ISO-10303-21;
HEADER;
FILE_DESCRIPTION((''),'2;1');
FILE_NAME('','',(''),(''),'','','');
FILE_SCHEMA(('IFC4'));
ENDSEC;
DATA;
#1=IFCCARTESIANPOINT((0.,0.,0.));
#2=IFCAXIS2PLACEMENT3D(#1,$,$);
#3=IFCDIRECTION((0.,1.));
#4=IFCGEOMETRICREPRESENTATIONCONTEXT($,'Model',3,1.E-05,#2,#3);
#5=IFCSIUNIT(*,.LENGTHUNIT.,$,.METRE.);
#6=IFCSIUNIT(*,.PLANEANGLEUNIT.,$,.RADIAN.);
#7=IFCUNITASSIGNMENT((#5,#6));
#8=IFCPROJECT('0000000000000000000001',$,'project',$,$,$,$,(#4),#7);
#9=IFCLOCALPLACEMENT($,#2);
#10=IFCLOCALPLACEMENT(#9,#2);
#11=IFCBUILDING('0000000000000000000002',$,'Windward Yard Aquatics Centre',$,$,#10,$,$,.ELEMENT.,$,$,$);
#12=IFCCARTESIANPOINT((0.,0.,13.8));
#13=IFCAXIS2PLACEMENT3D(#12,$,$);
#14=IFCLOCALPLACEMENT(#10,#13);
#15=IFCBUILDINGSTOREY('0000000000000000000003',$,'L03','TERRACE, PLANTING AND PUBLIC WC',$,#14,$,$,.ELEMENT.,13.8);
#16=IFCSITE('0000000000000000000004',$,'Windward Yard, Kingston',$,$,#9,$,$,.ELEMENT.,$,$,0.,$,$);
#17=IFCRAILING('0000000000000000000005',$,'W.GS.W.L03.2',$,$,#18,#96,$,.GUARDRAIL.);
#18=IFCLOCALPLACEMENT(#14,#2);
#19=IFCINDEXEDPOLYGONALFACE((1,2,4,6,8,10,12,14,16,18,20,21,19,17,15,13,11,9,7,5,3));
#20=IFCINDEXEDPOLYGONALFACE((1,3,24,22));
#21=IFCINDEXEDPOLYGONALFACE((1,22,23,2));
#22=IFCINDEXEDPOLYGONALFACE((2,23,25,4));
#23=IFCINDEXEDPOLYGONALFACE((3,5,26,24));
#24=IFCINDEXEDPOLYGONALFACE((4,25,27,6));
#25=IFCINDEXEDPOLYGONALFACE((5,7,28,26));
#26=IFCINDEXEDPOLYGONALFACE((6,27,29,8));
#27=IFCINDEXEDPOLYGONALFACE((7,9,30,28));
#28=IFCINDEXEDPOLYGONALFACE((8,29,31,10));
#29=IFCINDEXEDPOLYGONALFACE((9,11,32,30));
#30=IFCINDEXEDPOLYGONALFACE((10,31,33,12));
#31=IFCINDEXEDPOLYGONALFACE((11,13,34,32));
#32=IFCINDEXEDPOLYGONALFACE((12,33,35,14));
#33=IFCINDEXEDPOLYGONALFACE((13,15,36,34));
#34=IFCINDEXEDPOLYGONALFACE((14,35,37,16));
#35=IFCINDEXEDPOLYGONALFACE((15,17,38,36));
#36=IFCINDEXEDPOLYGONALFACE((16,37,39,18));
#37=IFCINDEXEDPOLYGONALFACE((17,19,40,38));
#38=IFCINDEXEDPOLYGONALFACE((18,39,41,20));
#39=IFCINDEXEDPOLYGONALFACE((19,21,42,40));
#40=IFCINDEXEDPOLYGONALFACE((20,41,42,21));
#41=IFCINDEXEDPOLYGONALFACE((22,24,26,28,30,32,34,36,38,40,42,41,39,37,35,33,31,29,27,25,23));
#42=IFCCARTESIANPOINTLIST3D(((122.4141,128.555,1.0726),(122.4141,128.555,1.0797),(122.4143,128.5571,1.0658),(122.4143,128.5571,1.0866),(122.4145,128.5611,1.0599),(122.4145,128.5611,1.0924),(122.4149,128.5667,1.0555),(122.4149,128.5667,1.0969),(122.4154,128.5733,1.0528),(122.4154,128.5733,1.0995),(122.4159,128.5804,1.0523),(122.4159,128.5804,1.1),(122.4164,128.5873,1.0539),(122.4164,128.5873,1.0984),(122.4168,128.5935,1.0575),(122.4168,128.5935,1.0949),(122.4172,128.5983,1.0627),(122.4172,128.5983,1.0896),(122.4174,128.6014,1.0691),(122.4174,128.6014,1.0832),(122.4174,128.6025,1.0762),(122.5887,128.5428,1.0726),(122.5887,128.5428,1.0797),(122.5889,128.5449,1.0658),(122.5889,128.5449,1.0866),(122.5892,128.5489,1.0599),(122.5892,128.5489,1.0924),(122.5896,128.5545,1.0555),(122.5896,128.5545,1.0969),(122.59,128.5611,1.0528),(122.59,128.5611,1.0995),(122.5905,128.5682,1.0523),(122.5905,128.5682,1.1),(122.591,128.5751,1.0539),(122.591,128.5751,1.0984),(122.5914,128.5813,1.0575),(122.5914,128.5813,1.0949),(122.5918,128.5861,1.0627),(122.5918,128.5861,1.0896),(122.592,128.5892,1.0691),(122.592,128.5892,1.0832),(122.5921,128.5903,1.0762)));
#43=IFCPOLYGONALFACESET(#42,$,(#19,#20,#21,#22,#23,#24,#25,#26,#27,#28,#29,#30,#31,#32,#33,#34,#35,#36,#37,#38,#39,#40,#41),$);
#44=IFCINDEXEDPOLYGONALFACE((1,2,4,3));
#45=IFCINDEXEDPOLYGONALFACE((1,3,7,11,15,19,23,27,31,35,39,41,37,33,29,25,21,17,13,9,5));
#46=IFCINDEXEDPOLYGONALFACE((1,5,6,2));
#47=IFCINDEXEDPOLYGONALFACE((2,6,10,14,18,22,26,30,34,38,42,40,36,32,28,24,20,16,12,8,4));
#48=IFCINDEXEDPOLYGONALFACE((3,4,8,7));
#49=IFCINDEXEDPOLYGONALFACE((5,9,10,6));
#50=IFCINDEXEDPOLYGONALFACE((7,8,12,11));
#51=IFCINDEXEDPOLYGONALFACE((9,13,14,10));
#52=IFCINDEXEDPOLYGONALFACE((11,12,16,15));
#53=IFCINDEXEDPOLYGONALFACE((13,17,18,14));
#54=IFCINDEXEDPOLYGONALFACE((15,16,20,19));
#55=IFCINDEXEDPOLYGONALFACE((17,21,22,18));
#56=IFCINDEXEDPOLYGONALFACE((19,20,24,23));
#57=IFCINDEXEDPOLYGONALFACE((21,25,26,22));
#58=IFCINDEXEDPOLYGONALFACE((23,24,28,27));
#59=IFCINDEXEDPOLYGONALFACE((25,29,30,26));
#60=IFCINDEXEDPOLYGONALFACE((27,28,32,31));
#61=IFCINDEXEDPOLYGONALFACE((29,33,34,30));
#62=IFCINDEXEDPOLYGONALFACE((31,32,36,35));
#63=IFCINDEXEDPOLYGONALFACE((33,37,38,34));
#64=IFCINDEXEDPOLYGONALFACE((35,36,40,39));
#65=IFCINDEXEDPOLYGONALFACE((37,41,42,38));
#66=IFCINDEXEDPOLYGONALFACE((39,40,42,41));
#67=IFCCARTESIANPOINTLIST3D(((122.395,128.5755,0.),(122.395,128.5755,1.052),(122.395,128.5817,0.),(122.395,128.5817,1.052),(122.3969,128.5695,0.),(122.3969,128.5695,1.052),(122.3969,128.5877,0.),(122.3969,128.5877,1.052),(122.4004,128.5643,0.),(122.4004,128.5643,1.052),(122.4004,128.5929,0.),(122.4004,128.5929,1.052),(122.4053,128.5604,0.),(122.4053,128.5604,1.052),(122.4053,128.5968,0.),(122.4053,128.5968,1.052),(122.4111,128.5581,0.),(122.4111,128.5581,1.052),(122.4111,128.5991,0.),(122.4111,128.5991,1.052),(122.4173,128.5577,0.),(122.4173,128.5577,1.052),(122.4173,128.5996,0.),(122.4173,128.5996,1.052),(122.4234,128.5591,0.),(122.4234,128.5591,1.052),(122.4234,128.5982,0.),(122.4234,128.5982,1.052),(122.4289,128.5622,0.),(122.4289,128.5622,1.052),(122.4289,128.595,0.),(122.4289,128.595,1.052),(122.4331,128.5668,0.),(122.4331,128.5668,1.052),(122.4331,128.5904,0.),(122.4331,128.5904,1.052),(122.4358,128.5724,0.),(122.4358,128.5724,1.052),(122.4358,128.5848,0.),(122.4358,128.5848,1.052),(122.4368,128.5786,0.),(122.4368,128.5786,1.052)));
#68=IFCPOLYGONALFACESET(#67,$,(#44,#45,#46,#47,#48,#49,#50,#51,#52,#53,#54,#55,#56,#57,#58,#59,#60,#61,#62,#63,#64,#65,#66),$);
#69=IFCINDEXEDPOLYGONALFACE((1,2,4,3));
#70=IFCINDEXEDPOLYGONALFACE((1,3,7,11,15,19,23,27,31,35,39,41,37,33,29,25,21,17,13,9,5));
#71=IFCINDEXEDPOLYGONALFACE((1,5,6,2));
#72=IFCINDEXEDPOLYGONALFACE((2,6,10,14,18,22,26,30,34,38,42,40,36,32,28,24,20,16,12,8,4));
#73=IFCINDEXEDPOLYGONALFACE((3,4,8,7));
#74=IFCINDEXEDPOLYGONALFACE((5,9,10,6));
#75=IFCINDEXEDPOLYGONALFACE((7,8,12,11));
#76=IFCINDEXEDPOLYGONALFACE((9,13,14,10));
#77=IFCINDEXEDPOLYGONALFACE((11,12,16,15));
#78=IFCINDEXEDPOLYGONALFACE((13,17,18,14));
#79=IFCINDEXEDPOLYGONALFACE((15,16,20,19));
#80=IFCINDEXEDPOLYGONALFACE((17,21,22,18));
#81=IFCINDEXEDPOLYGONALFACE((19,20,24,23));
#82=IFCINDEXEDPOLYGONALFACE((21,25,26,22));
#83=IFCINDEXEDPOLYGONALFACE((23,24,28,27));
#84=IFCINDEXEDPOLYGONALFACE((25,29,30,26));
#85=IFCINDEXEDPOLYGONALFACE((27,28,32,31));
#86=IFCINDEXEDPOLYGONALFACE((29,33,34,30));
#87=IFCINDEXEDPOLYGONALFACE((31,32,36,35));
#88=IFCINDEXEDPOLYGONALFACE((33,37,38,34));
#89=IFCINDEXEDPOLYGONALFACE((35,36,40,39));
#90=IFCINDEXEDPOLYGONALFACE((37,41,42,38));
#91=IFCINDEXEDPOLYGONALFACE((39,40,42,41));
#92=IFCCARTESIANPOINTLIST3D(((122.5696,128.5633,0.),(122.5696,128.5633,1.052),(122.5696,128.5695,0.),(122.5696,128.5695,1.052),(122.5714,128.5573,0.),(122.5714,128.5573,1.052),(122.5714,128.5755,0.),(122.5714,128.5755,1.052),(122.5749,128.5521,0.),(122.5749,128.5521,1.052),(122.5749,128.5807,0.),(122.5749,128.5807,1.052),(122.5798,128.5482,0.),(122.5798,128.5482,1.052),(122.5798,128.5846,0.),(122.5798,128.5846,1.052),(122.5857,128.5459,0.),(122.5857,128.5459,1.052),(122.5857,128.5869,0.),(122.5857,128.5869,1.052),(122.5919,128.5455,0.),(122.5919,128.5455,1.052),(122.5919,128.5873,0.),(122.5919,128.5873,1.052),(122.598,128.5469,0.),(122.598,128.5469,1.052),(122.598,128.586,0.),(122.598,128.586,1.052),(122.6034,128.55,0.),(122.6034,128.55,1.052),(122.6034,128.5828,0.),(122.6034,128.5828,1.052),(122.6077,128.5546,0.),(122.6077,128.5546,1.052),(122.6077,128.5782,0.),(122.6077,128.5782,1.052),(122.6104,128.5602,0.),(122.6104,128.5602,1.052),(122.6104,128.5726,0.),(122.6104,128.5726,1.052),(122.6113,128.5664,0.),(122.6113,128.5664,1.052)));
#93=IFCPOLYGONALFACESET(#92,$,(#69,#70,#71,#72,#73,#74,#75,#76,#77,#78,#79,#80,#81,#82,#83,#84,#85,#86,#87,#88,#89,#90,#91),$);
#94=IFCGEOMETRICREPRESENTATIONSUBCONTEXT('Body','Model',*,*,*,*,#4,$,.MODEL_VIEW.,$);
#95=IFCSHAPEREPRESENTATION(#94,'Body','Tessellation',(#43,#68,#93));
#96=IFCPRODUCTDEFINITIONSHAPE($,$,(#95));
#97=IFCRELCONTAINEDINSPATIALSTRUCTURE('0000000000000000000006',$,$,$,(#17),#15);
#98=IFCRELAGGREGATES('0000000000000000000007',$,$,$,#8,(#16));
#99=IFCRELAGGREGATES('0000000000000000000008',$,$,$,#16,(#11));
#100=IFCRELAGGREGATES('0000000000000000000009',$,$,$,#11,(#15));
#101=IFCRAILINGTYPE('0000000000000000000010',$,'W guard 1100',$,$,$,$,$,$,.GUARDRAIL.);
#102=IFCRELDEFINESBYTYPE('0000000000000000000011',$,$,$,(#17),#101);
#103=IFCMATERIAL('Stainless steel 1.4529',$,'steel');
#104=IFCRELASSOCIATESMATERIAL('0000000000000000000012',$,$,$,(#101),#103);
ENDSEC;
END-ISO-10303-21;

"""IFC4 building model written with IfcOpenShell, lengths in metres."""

from ifc_helpers import new_model, si_unit, direction, frame, origin, origin_2d, place, context, subcontext, project, spatial, circle, extrude, material, type_object, element, save


model = new_model("IFC4")

# Units and contexts
model_context = context("Model", 3, precision=1e-05, world=origin(), true_north=direction((0.0, 1.0)))
body_context = subcontext(model_context, "Body", "Model", "MODEL_VIEW")
ifc_project = project(units=[si_unit("LENGTHUNIT", "METRE"), si_unit("PLANEANGLEUNIT", "RADIAN")], contexts=[model_context])

# Site, building, storey
site_placement = place(None, origin())
site = spatial("IfcSite", under=ifc_project, at=site_placement, Name="Windward Yard, Kingston", CompositionType="ELEMENT", RefElevation=0.0)
building_placement = place(site_placement, origin())
building = spatial("IfcBuilding", under=site, at=building_placement, Name="Windward Yard Aquatics Centre", CompositionType="ELEMENT")
storey_placement = place(building_placement, frame((0.0, 0.0, 13.8)))
storey = spatial("IfcBuildingStorey", under=building, at=storey_placement, Name="L03", Description="TERRACE, PLANTING AND PUBLIC WC", CompositionType="ELEMENT", Elevation=13.8)

# Railing
ifc_material_1 = material(Name="Stainless steel 1.4529", Category="steel")
railing_type_1 = type_object("IfcRailingType", Name="W guard 1100", PredefinedType="GUARDRAIL", material=ifc_material_1)
railing_1_placement = place(storey_placement, frame((122.4158, 128.5786, 0.0)))
element("IfcRailing", 1, at=railing_1_placement, inside=storey, type_object=railing_type_1, Name="W.GS.W.L03.2", PredefinedType="GUARDRAIL", context=body_context, shape_type="SweptSolid", body=[
    extrude(circle(Radius=0.0239, at=origin_2d()), frame((0.0, 0.0, 1.0762), z_axis=(0.997564, -0.06976, 0.0), x_axis=(0.06976, 0.997564, 0.0)), (0.0, 0.0, 1.0), 0.175),
    extrude(circle(Radius=0.021, at=origin_2d()), origin(), (0.0, 0.0, 1.0), 1.052),
    extrude(circle(Radius=0.021, at=origin_2d()), frame((0.1746, -0.0122, 0.0)), (0.0, 0.0, 1.0), 1.052),
])

save(model, "model.ifc")
